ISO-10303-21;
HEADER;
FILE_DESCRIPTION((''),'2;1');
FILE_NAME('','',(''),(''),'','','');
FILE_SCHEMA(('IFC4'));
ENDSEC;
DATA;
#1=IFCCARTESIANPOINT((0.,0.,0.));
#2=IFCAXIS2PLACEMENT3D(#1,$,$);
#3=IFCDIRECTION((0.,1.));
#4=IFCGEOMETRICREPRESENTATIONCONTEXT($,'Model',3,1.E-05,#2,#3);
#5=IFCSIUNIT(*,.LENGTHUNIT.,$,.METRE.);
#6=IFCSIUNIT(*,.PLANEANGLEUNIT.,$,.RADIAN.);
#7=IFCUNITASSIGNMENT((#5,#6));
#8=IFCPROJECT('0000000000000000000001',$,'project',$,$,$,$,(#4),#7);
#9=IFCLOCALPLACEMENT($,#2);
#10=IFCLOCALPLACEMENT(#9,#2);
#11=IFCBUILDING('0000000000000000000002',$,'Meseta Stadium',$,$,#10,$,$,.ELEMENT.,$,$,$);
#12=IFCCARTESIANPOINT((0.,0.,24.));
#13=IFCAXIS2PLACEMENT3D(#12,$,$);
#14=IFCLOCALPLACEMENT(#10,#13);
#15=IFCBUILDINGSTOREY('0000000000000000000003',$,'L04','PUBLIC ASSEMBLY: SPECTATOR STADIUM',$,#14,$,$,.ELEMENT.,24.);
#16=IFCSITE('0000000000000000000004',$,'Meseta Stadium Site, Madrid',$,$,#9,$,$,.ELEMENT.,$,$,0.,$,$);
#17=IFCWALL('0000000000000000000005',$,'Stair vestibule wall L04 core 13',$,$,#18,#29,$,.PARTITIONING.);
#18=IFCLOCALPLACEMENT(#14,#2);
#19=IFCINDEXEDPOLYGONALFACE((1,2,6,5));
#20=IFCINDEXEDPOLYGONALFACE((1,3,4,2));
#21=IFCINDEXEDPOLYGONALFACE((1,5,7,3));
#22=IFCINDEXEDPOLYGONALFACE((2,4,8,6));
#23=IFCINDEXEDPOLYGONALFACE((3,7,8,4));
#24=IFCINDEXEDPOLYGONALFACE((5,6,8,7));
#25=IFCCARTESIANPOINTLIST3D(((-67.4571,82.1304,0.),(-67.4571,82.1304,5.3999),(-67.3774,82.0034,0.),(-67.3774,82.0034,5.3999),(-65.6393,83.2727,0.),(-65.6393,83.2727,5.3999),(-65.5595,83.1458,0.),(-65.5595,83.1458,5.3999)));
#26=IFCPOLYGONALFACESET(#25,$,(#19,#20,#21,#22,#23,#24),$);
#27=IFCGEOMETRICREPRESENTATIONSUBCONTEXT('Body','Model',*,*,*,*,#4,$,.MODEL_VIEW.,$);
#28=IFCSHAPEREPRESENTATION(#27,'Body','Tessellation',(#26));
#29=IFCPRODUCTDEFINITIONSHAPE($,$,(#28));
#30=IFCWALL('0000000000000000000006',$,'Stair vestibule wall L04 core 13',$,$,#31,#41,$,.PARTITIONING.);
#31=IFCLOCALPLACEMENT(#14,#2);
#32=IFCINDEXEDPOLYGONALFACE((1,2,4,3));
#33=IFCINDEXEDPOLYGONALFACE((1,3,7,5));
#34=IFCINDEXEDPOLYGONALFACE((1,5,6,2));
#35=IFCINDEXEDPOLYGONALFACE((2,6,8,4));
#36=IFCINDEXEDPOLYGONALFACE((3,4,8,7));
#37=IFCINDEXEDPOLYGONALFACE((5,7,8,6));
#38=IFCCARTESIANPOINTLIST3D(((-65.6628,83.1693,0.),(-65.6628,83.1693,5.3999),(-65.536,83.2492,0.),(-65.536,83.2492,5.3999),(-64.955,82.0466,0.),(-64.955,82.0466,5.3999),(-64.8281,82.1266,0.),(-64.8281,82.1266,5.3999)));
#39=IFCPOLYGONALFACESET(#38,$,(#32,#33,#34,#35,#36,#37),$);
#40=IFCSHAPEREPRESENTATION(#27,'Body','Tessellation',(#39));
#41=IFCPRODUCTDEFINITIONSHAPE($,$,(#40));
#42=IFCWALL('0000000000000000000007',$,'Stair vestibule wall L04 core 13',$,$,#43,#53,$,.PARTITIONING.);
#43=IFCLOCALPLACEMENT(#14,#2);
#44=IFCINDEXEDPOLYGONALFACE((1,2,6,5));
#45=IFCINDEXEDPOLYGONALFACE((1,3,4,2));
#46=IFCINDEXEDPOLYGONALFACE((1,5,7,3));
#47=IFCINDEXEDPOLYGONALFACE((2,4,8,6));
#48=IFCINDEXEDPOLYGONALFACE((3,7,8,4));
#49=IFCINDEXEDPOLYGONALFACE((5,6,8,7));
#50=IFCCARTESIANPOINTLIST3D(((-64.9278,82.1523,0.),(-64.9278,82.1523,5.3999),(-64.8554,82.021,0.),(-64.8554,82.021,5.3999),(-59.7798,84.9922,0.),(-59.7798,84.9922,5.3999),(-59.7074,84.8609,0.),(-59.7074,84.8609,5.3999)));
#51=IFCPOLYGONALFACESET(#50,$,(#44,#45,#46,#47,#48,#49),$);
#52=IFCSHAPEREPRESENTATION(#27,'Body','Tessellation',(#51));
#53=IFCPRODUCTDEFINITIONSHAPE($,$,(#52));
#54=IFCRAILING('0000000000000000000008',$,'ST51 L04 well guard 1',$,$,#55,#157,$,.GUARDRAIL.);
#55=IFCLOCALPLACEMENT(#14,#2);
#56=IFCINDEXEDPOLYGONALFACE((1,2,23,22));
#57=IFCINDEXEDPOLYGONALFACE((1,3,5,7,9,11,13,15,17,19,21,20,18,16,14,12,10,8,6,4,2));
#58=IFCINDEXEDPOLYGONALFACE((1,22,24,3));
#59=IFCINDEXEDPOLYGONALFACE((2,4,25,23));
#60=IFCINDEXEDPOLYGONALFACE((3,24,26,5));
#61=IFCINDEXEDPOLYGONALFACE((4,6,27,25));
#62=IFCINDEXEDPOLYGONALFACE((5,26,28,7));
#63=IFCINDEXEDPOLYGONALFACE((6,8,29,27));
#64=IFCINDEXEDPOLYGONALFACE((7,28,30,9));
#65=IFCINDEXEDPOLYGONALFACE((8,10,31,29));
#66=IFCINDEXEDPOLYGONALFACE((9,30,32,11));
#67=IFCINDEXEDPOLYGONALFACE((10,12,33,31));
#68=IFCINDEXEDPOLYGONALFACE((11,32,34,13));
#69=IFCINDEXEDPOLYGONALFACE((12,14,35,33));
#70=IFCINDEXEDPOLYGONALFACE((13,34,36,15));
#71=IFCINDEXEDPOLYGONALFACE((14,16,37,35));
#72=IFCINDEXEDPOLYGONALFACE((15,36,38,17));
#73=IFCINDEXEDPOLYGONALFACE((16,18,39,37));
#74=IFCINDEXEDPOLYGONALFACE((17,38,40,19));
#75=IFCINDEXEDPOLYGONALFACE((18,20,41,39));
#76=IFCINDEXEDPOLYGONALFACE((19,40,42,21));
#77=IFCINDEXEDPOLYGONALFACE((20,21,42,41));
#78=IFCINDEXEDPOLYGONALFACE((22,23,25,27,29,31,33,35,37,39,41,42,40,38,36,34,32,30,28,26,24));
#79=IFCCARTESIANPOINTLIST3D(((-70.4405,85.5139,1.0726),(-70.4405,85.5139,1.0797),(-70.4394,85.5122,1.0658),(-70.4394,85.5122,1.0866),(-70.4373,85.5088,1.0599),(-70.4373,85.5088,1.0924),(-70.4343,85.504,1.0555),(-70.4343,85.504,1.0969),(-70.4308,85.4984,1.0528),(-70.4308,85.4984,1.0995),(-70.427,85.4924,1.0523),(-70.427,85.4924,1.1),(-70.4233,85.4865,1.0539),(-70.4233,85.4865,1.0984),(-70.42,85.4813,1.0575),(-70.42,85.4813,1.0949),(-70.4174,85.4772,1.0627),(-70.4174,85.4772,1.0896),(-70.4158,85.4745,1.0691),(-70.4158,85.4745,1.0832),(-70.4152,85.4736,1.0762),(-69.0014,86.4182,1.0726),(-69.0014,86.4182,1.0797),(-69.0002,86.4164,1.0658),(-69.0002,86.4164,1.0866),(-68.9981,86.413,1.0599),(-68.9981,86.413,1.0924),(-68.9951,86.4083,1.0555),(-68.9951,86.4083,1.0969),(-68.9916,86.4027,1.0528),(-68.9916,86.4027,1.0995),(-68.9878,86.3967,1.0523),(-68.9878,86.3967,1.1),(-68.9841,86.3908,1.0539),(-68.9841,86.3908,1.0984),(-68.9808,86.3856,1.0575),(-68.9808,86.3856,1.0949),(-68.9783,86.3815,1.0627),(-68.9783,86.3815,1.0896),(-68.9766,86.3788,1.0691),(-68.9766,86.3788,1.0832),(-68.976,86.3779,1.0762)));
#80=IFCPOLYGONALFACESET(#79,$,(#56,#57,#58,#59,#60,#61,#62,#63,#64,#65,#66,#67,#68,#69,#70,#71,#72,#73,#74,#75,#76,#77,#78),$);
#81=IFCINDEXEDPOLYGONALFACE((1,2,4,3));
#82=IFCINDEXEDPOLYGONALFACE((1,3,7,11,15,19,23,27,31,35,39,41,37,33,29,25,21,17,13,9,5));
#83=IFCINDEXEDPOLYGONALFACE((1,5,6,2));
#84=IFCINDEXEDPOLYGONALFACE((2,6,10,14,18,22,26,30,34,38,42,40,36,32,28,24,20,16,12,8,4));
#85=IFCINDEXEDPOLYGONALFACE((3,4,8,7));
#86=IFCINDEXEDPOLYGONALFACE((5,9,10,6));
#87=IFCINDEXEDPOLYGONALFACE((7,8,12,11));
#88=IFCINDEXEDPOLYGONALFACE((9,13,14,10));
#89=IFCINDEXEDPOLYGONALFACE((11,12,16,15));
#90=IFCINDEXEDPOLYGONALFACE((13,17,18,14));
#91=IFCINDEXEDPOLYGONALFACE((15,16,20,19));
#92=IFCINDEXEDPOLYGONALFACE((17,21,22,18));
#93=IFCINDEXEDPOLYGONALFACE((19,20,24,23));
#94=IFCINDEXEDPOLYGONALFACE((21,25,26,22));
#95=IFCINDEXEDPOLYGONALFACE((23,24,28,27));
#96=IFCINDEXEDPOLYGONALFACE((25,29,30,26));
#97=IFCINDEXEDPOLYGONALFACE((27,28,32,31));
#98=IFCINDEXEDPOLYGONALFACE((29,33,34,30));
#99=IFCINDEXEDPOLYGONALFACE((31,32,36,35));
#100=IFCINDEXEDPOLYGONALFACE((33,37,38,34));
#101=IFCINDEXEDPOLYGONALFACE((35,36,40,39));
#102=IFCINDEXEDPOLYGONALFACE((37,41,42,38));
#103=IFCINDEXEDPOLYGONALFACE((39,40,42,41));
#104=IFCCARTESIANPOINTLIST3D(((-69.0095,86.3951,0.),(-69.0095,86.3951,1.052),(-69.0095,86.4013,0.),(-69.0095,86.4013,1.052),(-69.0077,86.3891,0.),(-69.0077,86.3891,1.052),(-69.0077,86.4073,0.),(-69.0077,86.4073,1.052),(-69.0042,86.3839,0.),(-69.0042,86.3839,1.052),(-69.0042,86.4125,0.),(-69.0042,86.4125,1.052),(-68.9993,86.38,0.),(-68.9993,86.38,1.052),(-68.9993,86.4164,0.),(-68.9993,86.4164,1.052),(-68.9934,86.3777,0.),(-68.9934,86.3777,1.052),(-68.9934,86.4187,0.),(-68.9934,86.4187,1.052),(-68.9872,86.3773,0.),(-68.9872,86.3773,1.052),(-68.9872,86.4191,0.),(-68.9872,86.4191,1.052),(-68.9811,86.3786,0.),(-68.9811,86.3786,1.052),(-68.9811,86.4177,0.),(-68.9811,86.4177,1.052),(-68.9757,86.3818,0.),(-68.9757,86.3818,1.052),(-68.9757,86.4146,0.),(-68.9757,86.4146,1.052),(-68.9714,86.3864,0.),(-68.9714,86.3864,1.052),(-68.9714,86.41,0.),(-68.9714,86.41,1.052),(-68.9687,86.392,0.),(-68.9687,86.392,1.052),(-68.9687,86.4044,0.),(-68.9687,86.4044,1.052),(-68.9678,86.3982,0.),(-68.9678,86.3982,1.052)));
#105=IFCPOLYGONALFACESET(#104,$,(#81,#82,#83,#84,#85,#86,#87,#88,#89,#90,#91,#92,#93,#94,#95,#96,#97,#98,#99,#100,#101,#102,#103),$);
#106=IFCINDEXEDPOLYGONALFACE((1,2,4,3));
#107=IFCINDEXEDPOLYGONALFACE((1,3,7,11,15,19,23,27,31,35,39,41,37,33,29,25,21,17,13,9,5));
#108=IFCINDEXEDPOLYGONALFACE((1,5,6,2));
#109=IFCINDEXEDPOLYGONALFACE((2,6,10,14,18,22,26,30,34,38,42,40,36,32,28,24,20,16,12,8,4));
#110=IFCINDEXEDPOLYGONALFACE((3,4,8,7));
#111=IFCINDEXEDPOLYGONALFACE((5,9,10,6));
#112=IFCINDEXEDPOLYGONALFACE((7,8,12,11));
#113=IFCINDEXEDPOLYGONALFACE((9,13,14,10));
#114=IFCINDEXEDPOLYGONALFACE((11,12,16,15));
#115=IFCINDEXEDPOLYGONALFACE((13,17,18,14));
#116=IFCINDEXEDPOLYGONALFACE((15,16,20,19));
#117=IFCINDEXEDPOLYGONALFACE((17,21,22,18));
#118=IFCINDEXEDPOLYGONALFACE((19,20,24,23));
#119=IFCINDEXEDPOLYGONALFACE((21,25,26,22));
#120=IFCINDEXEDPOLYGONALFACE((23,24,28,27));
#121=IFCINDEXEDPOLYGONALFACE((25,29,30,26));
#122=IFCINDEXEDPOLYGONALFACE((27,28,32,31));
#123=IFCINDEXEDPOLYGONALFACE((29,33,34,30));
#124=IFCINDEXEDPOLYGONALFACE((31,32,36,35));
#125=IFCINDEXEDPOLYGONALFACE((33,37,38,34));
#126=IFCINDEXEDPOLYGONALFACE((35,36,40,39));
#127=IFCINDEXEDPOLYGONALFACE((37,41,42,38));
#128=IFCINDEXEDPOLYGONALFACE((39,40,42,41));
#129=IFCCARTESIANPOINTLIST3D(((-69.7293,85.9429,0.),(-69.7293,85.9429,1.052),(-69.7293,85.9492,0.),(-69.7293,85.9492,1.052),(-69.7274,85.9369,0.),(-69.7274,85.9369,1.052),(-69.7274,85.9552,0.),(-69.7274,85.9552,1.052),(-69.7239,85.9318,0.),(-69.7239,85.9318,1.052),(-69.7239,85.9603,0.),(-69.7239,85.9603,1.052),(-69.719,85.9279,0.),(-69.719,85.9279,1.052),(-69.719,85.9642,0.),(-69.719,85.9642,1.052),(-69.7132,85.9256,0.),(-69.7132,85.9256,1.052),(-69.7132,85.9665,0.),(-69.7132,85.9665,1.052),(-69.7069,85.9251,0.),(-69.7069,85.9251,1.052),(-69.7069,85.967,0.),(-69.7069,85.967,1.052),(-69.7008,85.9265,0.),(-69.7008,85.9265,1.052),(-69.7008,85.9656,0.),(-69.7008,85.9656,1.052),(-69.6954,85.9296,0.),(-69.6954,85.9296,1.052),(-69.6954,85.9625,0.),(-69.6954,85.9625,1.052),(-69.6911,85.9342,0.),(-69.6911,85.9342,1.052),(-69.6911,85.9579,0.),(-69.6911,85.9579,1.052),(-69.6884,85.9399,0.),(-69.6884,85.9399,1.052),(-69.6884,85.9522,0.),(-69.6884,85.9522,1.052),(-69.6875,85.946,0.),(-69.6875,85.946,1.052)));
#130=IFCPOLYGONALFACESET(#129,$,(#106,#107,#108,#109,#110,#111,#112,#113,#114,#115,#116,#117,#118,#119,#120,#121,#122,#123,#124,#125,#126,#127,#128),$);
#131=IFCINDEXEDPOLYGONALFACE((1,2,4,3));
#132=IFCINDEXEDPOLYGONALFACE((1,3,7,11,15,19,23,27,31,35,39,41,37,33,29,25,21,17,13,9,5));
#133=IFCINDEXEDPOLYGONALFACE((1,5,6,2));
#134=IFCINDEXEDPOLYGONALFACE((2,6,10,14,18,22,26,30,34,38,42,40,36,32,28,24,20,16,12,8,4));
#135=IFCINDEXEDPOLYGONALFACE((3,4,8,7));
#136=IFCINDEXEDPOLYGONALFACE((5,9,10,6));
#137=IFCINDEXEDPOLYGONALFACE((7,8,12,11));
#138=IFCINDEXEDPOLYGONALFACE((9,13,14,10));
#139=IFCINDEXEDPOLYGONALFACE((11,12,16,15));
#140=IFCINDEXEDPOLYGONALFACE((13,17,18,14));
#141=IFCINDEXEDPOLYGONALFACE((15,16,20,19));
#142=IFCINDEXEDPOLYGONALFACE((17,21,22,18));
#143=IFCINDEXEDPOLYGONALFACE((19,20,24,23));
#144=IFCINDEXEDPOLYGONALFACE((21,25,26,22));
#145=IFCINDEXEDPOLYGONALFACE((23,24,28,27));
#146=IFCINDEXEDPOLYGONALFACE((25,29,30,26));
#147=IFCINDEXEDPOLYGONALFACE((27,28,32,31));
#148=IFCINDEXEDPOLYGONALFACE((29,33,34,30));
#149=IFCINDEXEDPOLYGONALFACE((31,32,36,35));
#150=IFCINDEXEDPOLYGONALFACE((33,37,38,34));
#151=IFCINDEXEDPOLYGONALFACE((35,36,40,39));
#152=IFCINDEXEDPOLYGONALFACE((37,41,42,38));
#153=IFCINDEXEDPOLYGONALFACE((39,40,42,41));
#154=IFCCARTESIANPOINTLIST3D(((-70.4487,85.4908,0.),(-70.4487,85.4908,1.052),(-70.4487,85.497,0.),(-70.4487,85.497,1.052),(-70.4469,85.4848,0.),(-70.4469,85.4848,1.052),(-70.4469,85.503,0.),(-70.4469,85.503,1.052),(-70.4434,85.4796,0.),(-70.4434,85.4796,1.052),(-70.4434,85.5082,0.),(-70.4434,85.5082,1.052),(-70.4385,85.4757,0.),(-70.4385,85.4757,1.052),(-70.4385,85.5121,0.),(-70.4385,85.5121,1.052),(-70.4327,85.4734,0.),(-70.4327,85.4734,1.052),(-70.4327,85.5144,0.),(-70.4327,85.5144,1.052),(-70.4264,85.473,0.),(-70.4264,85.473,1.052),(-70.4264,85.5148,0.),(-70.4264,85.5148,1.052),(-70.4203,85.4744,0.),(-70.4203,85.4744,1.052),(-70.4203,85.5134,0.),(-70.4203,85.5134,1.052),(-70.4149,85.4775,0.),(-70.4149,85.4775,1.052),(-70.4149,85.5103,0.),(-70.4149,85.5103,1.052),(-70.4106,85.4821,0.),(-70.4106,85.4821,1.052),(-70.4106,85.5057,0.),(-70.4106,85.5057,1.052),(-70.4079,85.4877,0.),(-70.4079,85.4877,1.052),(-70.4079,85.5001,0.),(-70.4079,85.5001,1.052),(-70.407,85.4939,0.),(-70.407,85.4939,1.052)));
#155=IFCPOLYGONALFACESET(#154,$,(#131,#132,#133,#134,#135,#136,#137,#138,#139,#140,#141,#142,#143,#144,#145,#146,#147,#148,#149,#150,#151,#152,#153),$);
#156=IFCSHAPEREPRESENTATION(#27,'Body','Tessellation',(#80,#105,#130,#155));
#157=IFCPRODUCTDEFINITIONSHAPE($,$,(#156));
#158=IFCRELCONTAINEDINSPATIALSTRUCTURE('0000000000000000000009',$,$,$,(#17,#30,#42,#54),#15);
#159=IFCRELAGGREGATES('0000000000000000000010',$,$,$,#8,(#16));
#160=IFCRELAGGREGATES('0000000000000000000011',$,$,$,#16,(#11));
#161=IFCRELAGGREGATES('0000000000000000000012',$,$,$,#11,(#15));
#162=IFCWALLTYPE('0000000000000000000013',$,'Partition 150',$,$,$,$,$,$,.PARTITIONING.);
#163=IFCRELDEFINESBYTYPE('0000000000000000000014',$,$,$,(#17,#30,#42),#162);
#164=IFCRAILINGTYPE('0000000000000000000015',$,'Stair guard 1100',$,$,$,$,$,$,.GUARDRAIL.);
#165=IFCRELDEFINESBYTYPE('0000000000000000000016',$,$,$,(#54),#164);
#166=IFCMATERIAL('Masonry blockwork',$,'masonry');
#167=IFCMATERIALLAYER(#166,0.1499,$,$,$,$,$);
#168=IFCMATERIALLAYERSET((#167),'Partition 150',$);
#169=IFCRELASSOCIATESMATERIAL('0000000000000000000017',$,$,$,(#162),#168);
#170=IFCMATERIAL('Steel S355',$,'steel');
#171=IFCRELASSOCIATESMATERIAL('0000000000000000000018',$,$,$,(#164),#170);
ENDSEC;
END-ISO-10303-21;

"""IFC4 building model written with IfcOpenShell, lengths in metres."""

from ifc_helpers import new_model, si_unit, direction, frame, frame_2d, origin, origin_2d, place, context, subcontext, project, spatial, rectangle, circle, extrude, material, layer, layer_set, type_object, element, save


model = new_model("IFC4")

# Units and contexts
model_context = context("Model", 3, precision=1e-05, world=origin(), true_north=direction((0.0, 1.0)))
body_context = subcontext(model_context, "Body", "Model", "MODEL_VIEW")
ifc_project = project(units=[si_unit("LENGTHUNIT", "METRE"), si_unit("PLANEANGLEUNIT", "RADIAN")], contexts=[model_context])

# Site, building, storey
site_placement = place(None, origin())
site = spatial("IfcSite", under=ifc_project, at=site_placement, Name="Meseta Stadium Site, Madrid", CompositionType="ELEMENT", RefElevation=0.0)
building_placement = place(site_placement, origin())
building = spatial("IfcBuilding", under=site, at=building_placement, Name="Meseta Stadium", CompositionType="ELEMENT")
storey_placement = place(building_placement, frame((0.0, 0.0, 24.0)))
storey = spatial("IfcBuildingStorey", under=building, at=storey_placement, Name="L04", Description="PUBLIC ASSEMBLY: SPECTATOR STADIUM", CompositionType="ELEMENT", Elevation=24.0)

# Walls
ifc_material_1 = material(Name="Masonry blockwork", Category="masonry")
ifc_layer_1 = layer(ifc_material_1, 0.1499)
ifc_layer_set_1 = layer_set([ifc_layer_1], Name="Partition 150")
wall_type_1 = type_object("IfcWallType", Name="Partition 150", PredefinedType="PARTITIONING", material=ifc_layer_set_1)
wall_1_placement = place(storey_placement, frame((-67.4172, 82.0669, 0.0), z_axis=(0.0, 0.0, 1.0), x_axis=(0.846705, 0.532062, 0.0)))
element("IfcWall", 1, at=wall_1_placement, inside=storey, type_object=wall_type_1, Name="Stair vestibule wall L04 core 13", PredefinedType="PARTITIONING", context=body_context, shape_type="SweptSolid", body=[
    extrude(rectangle(XDim=2.147, YDim=0.1499, at=frame_2d((1.0735, 0.0))), origin(), (0.0, 0.0, 1.0), 5.3999),
])
wall_2_placement = place(storey_placement, frame((-65.5994, 83.2092, 0.0), z_axis=(0.0, 0.0, 1.0), x_axis=(0.533335, -0.845904, 0.0)))
element("IfcWall", 2, at=wall_2_placement, inside=storey, type_object=wall_type_1, Name="Stair vestibule wall L04 core 13", PredefinedType="PARTITIONING", context=body_context, shape_type="SweptSolid", body=[
    extrude(rectangle(XDim=1.3271, YDim=0.1499, at=frame_2d((0.6636, 0.0))), origin(), (0.0, 0.0, 1.0), 5.3999),
])
wall_3_placement = place(storey_placement, frame((-64.8916, 82.0867, 0.0), z_axis=(0.0, 0.0, 1.0), x_axis=(0.875607, 0.483025, 0.0)))
element("IfcWall", 3, at=wall_3_placement, inside=storey, type_object=wall_type_1, Name="Stair vestibule wall L04 core 13", PredefinedType="PARTITIONING", context=body_context, shape_type="SweptSolid", body=[
    extrude(rectangle(XDim=5.8794, YDim=0.1499, at=frame_2d((2.9397, 0.0))), origin(), (0.0, 0.0, 1.0), 5.3999),
])

# Railing
ifc_material_2 = material(Name="Steel S355", Category="steel")
railing_type_1 = type_object("IfcRailingType", Name="Stair guard 1100", PredefinedType="GUARDRAIL", material=ifc_material_2)
railing_1_placement = place(storey_placement, frame((-68.9888, 86.3982, 0.0)))
element("IfcRailing", 4, at=railing_1_placement, inside=storey, type_object=railing_type_1, Name="ST51 L04 well guard 1", PredefinedType="GUARDRAIL", context=body_context, shape_type="SweptSolid", body=[
    extrude(circle(Radius=0.0239, at=origin_2d()), frame((0.0, 0.0, 1.0762), z_axis=(-0.846729, -0.532024, 0.0), x_axis=(0.532024, -0.846729, 0.0)), (0.0, 0.0, 1.0), 1.6997),
    extrude(circle(Radius=0.021, at=origin_2d()), origin(), (0.0, 0.0, 1.0), 1.052),
    extrude(circle(Radius=0.021, at=origin_2d()), frame((-0.7197, -0.4521, 0.0)), (0.0, 0.0, 1.0), 1.052),
    extrude(circle(Radius=0.021, at=origin_2d()), frame((-1.4392, -0.9043, 0.0)), (0.0, 0.0, 1.0), 1.052),
])

save(model, "model.ifc")
